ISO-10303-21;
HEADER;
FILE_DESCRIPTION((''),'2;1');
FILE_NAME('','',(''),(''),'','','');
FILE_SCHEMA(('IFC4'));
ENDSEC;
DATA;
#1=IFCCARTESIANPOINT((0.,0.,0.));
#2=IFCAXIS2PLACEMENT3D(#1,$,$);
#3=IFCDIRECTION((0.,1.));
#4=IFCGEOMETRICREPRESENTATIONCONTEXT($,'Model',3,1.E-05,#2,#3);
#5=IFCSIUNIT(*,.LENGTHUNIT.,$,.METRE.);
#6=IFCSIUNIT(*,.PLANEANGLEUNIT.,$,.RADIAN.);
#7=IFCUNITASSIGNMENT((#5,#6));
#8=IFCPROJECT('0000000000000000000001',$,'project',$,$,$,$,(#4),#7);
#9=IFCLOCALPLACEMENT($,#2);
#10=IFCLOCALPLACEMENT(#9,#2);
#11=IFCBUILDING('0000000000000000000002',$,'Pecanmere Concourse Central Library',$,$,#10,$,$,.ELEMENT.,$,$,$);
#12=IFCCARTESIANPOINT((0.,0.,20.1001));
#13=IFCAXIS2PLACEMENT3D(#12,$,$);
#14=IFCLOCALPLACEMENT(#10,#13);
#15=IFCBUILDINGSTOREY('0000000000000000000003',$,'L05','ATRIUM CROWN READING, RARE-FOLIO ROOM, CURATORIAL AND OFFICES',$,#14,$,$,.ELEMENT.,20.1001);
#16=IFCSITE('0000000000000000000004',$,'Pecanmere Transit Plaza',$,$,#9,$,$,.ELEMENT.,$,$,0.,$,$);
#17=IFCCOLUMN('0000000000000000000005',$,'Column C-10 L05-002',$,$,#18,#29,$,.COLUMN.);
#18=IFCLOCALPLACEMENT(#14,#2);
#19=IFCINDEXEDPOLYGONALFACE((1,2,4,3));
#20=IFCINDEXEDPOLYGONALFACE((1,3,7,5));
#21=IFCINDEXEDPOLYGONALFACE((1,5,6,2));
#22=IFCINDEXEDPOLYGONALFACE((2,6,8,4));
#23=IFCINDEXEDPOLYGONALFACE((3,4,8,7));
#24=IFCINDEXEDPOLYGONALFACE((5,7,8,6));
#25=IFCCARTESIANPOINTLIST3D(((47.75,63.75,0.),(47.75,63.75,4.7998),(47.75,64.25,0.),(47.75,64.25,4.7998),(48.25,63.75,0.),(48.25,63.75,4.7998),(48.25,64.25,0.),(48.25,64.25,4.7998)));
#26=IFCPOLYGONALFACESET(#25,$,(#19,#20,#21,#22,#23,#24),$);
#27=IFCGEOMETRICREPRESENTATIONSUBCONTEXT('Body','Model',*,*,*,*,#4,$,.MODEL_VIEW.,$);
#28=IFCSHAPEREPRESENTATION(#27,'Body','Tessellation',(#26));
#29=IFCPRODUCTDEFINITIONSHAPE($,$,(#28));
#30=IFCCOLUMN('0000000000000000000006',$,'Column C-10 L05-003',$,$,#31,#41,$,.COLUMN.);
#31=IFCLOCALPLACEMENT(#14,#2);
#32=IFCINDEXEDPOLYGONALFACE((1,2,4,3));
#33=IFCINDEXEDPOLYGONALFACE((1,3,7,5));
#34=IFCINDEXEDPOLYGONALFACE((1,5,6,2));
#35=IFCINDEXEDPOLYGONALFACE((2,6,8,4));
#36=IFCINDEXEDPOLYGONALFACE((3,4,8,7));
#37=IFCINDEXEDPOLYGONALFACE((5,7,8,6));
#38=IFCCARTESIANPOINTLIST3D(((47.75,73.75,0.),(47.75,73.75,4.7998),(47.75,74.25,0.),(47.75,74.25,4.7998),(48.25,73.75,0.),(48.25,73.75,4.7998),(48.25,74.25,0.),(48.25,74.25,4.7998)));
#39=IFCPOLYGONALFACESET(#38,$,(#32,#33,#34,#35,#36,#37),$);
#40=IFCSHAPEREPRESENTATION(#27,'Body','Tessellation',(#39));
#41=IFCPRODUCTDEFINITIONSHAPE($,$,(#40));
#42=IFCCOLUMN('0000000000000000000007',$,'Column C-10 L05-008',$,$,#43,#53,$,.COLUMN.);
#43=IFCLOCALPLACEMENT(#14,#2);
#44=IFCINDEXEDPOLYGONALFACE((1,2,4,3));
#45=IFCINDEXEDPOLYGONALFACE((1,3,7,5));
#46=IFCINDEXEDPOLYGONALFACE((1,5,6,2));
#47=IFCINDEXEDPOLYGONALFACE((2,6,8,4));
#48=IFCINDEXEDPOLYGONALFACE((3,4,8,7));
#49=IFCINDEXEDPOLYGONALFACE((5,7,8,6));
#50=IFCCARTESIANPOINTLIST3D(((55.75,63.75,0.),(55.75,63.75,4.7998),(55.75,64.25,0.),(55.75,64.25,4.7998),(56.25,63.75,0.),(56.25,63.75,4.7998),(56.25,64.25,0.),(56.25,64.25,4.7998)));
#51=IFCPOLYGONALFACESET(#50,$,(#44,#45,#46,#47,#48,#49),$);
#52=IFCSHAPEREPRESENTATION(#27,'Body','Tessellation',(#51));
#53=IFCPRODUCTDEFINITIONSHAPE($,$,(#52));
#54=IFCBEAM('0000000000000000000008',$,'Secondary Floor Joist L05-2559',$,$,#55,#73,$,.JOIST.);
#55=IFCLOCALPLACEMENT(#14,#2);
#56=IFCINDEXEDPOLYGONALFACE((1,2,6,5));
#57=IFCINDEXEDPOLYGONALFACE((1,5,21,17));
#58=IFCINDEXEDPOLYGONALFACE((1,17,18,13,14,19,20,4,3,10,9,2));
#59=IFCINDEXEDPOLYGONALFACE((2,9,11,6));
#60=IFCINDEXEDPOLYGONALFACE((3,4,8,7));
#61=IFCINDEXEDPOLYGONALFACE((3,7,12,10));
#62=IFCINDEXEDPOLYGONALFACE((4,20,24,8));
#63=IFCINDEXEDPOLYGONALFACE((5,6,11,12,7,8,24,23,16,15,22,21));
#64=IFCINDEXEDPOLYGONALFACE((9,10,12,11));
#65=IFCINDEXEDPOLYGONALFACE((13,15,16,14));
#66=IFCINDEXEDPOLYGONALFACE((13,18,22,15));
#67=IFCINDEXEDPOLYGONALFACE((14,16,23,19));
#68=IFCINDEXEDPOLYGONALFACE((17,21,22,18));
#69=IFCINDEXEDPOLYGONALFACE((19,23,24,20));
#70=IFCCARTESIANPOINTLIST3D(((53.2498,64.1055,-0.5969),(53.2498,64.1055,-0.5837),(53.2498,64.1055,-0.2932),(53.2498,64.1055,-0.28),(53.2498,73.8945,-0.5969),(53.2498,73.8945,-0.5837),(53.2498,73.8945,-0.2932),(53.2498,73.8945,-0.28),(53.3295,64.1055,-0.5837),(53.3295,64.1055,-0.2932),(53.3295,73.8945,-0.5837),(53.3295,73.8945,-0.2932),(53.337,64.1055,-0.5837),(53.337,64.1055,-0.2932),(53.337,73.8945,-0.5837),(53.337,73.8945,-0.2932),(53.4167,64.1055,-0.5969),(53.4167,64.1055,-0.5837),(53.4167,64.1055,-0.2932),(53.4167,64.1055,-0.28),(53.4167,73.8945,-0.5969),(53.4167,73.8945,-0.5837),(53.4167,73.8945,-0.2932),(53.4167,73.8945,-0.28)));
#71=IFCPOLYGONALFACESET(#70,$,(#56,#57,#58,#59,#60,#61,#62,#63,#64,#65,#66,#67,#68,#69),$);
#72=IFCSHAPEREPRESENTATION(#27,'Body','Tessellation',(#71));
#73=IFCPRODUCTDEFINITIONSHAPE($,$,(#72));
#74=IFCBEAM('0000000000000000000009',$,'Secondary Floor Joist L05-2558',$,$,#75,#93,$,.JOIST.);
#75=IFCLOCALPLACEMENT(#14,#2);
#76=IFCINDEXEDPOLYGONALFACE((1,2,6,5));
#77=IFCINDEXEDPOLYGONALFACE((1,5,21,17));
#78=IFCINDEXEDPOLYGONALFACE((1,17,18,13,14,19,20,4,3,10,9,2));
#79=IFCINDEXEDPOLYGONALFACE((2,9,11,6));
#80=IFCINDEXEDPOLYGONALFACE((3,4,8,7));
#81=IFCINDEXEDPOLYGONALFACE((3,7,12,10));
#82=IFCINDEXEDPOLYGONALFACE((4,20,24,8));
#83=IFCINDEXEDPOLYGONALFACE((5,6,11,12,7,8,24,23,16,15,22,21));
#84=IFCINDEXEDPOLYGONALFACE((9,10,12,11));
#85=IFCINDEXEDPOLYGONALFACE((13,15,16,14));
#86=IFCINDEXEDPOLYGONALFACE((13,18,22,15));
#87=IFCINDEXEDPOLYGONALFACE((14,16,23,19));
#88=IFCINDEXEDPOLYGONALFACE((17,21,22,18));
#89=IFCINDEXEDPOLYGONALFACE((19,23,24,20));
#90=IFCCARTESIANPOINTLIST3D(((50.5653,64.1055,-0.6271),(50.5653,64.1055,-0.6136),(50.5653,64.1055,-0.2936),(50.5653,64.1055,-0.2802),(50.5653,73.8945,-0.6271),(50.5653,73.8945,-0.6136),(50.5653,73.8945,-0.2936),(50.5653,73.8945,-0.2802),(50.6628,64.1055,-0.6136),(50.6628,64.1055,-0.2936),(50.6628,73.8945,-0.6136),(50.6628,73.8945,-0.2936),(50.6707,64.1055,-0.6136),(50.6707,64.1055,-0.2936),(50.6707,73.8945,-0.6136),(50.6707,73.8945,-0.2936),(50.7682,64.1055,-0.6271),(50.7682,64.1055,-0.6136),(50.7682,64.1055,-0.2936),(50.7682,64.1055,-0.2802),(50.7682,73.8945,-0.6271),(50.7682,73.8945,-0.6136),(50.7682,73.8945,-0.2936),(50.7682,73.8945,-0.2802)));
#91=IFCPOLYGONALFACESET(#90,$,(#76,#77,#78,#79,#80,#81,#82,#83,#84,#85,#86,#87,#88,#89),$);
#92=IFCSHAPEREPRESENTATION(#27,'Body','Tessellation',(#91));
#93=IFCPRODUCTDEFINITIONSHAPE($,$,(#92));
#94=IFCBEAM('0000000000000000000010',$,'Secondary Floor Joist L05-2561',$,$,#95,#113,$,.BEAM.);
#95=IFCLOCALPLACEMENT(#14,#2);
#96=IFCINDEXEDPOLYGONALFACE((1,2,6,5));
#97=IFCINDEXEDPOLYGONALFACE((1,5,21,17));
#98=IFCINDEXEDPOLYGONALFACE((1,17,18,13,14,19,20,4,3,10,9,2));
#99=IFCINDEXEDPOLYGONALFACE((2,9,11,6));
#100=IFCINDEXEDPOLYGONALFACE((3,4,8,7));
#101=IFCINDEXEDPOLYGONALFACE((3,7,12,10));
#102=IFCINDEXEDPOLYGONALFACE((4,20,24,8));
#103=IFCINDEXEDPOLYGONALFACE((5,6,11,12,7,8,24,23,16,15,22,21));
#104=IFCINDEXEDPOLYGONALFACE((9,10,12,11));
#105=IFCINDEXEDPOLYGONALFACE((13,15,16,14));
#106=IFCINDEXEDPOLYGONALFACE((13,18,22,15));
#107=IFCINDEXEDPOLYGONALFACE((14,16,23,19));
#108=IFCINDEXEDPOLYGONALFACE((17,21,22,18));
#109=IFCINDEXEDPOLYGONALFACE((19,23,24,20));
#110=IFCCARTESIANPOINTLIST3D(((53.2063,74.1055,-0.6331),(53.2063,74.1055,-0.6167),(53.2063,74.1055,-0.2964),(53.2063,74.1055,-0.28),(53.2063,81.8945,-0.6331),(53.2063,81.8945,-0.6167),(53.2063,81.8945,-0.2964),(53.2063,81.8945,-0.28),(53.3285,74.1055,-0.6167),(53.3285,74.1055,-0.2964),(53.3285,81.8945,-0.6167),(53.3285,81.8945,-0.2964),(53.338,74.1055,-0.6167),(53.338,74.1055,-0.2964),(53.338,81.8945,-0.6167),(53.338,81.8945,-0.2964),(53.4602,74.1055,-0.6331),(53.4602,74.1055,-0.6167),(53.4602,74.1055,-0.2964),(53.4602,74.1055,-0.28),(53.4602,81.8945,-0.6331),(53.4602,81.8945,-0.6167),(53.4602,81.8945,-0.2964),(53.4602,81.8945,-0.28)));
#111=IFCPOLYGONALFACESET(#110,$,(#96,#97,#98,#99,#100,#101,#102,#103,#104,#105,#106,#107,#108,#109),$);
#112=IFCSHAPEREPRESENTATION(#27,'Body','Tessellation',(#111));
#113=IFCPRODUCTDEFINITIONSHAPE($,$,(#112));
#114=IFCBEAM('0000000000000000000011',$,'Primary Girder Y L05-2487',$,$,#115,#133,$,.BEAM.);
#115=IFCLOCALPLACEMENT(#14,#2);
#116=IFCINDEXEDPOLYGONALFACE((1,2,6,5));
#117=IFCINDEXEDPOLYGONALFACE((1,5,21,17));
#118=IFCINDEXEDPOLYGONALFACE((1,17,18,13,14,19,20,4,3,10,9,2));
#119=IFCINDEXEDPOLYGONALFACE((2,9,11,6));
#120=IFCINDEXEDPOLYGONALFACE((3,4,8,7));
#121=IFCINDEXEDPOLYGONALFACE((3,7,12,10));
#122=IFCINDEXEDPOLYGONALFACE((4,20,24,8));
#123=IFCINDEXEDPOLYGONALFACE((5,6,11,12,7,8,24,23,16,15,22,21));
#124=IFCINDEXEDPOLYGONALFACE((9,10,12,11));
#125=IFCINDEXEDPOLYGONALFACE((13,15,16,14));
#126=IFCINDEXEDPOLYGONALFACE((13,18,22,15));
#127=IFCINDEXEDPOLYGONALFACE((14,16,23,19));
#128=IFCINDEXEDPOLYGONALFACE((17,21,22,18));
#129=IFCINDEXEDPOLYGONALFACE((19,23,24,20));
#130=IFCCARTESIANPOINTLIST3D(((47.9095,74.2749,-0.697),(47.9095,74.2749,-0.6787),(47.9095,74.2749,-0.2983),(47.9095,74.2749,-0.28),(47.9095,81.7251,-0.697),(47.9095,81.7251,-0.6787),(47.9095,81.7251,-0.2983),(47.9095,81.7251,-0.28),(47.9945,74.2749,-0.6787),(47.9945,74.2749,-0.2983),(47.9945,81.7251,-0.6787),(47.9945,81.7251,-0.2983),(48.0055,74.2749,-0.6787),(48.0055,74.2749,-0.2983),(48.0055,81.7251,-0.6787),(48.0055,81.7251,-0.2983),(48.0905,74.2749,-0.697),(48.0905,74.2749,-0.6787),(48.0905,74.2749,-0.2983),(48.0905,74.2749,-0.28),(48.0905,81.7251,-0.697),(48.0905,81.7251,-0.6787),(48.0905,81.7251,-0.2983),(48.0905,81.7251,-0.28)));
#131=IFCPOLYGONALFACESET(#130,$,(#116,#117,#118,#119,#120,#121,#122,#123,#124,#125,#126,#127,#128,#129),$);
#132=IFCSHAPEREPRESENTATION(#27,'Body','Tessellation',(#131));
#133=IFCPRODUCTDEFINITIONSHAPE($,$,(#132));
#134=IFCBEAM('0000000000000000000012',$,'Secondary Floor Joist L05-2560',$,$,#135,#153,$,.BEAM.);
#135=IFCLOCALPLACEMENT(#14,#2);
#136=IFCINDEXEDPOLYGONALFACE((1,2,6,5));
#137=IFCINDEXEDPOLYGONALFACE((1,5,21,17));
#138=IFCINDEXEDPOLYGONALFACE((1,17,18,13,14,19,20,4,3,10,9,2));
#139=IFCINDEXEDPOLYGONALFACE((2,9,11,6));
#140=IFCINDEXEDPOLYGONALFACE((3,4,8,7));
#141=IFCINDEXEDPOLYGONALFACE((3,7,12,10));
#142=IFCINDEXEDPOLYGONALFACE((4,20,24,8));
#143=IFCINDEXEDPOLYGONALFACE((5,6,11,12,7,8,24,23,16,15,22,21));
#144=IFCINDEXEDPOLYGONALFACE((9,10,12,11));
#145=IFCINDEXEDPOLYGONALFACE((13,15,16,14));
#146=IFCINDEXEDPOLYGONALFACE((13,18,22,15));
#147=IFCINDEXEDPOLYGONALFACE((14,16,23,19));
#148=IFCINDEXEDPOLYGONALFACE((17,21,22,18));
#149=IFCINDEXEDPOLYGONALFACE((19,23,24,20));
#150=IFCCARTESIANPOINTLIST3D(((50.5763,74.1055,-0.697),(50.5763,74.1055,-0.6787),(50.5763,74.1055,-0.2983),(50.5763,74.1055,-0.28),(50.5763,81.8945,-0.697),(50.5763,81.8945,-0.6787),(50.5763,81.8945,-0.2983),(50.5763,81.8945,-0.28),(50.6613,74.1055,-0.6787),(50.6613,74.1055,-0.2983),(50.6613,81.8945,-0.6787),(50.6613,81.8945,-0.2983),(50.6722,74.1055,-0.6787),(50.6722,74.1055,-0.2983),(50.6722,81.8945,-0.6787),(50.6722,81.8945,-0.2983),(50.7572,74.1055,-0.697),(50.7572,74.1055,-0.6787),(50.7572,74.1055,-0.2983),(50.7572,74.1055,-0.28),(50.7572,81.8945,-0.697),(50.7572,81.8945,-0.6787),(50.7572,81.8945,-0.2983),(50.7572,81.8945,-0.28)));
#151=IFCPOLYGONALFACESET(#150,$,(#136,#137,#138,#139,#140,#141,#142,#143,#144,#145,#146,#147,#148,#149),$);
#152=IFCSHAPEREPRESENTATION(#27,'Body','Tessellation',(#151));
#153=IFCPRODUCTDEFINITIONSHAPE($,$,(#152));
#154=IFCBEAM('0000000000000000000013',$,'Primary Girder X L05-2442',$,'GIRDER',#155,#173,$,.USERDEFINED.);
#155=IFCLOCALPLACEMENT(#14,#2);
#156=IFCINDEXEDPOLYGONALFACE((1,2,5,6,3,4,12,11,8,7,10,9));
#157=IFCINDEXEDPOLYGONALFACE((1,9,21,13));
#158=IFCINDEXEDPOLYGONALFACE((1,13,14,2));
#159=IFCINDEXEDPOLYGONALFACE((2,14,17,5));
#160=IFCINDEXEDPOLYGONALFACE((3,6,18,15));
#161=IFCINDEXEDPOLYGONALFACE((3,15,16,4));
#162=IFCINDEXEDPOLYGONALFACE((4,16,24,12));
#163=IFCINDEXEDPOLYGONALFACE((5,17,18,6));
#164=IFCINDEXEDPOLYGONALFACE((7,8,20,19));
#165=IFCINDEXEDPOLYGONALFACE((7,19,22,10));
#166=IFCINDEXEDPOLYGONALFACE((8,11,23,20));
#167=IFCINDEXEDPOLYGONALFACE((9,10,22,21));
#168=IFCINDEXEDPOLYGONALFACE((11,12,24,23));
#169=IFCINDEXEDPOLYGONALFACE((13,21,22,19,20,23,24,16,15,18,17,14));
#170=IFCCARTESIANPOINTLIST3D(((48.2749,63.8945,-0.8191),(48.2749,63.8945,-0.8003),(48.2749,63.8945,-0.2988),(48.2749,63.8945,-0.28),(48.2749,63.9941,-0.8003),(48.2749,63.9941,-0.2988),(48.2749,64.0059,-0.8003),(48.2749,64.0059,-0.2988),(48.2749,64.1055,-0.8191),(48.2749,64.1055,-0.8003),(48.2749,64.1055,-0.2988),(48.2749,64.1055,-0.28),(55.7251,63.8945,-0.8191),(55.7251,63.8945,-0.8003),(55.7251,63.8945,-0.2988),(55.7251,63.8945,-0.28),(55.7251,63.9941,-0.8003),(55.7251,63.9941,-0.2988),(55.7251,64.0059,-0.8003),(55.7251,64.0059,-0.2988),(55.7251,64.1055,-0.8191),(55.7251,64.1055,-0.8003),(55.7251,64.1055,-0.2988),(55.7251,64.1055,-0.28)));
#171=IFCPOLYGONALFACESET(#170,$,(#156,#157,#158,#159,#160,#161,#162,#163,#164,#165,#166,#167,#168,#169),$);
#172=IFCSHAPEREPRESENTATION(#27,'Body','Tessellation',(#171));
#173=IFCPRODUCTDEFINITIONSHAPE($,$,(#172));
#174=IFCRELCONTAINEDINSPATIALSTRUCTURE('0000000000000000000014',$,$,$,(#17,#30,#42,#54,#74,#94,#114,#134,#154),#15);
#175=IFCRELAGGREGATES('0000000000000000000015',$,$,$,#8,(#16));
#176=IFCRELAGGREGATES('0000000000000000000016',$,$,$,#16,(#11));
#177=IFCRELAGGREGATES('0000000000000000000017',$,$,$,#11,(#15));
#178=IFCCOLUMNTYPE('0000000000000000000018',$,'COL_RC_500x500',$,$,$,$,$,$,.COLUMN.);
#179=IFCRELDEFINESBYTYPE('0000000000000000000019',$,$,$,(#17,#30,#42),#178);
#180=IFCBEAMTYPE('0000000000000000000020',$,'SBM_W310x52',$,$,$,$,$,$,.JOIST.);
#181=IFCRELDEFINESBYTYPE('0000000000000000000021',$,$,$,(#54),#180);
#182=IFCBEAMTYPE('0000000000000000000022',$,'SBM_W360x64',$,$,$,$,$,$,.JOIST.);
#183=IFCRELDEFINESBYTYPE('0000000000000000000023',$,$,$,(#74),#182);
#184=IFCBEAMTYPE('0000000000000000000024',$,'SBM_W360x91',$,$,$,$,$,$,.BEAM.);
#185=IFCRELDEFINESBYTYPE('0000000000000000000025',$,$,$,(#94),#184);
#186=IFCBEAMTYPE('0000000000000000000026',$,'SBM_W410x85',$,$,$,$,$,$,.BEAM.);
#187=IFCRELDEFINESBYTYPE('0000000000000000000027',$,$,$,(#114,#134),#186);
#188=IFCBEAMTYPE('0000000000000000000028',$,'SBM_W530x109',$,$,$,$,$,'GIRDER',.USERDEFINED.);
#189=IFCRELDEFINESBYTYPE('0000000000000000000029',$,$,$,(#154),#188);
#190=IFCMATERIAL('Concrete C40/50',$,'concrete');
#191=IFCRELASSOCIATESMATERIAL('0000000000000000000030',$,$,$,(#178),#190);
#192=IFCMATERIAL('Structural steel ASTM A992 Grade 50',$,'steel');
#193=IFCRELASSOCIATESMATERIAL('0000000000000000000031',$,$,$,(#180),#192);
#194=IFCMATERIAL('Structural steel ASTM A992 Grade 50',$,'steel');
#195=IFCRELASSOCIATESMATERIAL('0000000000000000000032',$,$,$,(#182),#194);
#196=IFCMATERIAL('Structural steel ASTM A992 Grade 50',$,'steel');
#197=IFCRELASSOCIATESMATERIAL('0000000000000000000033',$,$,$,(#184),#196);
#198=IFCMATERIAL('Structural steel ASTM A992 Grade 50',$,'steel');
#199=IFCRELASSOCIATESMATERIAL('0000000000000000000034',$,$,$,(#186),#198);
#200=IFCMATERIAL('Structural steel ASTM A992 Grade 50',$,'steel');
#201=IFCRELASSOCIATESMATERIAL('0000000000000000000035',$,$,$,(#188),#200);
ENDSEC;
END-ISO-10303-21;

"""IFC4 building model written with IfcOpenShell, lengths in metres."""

from ifc_helpers import new_model, si_unit, direction, frame, origin, origin_2d, place, context, subcontext, project, spatial, rectangle, i_section, extrude, material, material_profile, profile_set, type_object, element, save


model = new_model("IFC4")

# Units and contexts
model_context = context("Model", 3, precision=1e-05, world=origin(), true_north=direction((0.0, 1.0)))
body_context = subcontext(model_context, "Body", "Model", "MODEL_VIEW")
ifc_project = project(units=[si_unit("LENGTHUNIT", "METRE"), si_unit("PLANEANGLEUNIT", "RADIAN")], contexts=[model_context])

# Site, building, storey
site_placement = place(None, origin())
site = spatial("IfcSite", under=ifc_project, at=site_placement, Name="Pecanmere Transit Plaza", CompositionType="ELEMENT", RefElevation=0.0)
building_placement = place(site_placement, origin())
building = spatial("IfcBuilding", under=site, at=building_placement, Name="Pecanmere Concourse Central Library", CompositionType="ELEMENT")
storey_placement = place(building_placement, frame((0.0, 0.0, 20.1001)))
storey = spatial("IfcBuildingStorey", under=building, at=storey_placement, Name="L05", Description="ATRIUM CROWN READING, RARE-FOLIO ROOM, CURATORIAL AND OFFICES", CompositionType="ELEMENT", Elevation=20.1001)

# Columns
ifc_material_1 = material(Name="Concrete C40/50", Category="concrete")
ifc_material_profile_1 = material_profile(ifc_material_1, rectangle(XDim=0.5, YDim=0.5, at=origin_2d()), Name="RC 500x500")
ifc_profile_set_1 = profile_set([ifc_material_profile_1], Name="Concrete C40/50")
column_type = type_object("IfcColumnType", Name="COL_RC_500x500", PredefinedType="COLUMN", material=ifc_profile_set_1)
for number, where, z_axis, x_axis, name in (
    (1, (48.0, 64.0, 0.0), (0.0, 0.0, 1.0), (1.0, 0.0, 0.0), "Column C-10 L05-002"),
    (2, (48.0, 74.0, 0.0), (0.0, 0.0, 1.0), (1.0, 0.0, 0.0), "Column C-10 L05-003"),
    (3, (56.0, 64.0, 0.0), (0.0, 0.0, 1.0), (1.0, 0.0, 0.0), "Column C-10 L05-008"),
):
    element("IfcColumn", number, at=place(storey_placement, frame(where, z_axis=z_axis, x_axis=x_axis)), inside=storey, type_object=column_type, Name=name, PredefinedType="COLUMN", context=body_context, shape_type="SweptSolid", body=[
        extrude(rectangle(XDim=0.5, YDim=0.5, at=origin_2d()), origin(), (0.0, 0.0, 1.0), 4.7998),
    ])

# Beams
ifc_material_2 = material(Name="Structural steel ASTM A992 Grade 50", Category="steel")
ifc_material_profile_2 = material_profile(ifc_material_2, i_section(OverallWidth=0.167, OverallDepth=0.3169, WebThickness=0.0076, FlangeThickness=0.0132, at=origin_2d()), Name="W310x52")
ifc_profile_set_2 = profile_set([ifc_material_profile_2], Name="Structural steel ASTM A992 Grade 50")
beam_type_1 = type_object("IfcBeamType", Name="SBM_W310x52", PredefinedType="JOIST", material=ifc_profile_set_2)
beam_1_placement = place(storey_placement, frame((53.3333, 64.1055, -0.4385), z_axis=(0.0, 1.0, 0.0), x_axis=(-1.0, 0.0, 0.0)))
element("IfcBeam", 4, at=beam_1_placement, inside=storey, type_object=beam_type_1, Name="Secondary Floor Joist L05-2559", PredefinedType="JOIST", context=body_context, shape_type="SweptSolid", body=[
    extrude(i_section(OverallWidth=0.167, OverallDepth=0.3169, WebThickness=0.0076, FlangeThickness=0.0132, at=origin_2d()), origin(), (0.0, 0.0, 1.0), 9.7891),
])
ifc_material_3 = material(Name="Structural steel ASTM A992 Grade 50", Category="steel")
ifc_material_profile_3 = material_profile(ifc_material_3, i_section(OverallWidth=0.2029, OverallDepth=0.3469, WebThickness=0.0078, FlangeThickness=0.0134, at=origin_2d()), Name="W360x64")
ifc_profile_set_3 = profile_set([ifc_material_profile_3], Name="Structural steel ASTM A992 Grade 50")
beam_type_2 = type_object("IfcBeamType", Name="SBM_W360x64", PredefinedType="JOIST", material=ifc_profile_set_3)
beam_2_placement = place(storey_placement, frame((50.6667, 64.1055, -0.4536), z_axis=(0.0, 1.0, 0.0), x_axis=(-1.0, 0.0, 0.0)))
element("IfcBeam", 5, at=beam_2_placement, inside=storey, type_object=beam_type_2, Name="Secondary Floor Joist L05-2558", PredefinedType="JOIST", context=body_context, shape_type="SweptSolid", body=[
    extrude(i_section(OverallWidth=0.2029, OverallDepth=0.3469, WebThickness=0.0078, FlangeThickness=0.0134, at=origin_2d()), origin(), (0.0, 0.0, 1.0), 9.7891),
])
ifc_material_4 = material(Name="Structural steel ASTM A992 Grade 50", Category="steel")
ifc_material_profile_4 = material_profile(ifc_material_4, i_section(OverallWidth=0.2539, OverallDepth=0.353, WebThickness=0.0095, FlangeThickness=0.0164, at=origin_2d()), Name="W360x91")
ifc_profile_set_4 = profile_set([ifc_material_profile_4], Name="Structural steel ASTM A992 Grade 50")
beam_type_3 = type_object("IfcBeamType", Name="SBM_W360x91", PredefinedType="BEAM", material=ifc_profile_set_4)
beam_3_placement = place(storey_placement, frame((53.3333, 74.1055, -0.4565), z_axis=(0.0, 1.0, 0.0), x_axis=(-1.0, 0.0, 0.0)))
element("IfcBeam", 6, at=beam_3_placement, inside=storey, type_object=beam_type_3, Name="Secondary Floor Joist L05-2561", PredefinedType="BEAM", context=body_context, shape_type="SweptSolid", body=[
    extrude(i_section(OverallWidth=0.2539, OverallDepth=0.353, WebThickness=0.0095, FlangeThickness=0.0164, at=origin_2d()), origin(), (0.0, 0.0, 1.0), 7.7891),
])
ifc_material_5 = material(Name="Structural steel ASTM A992 Grade 50", Category="steel")
ifc_material_profile_5 = material_profile(ifc_material_5, i_section(OverallWidth=0.1809, OverallDepth=0.417, WebThickness=0.011, FlangeThickness=0.0183, at=origin_2d()), Name="W410x85")
ifc_profile_set_5 = profile_set([ifc_material_profile_5], Name="Structural steel ASTM A992 Grade 50")
beam_type_4 = type_object("IfcBeamType", Name="SBM_W410x85", PredefinedType="BEAM", material=ifc_profile_set_5)
beam_4_placement = place(storey_placement, frame((48.0, 74.2749, -0.4885), z_axis=(0.0, 1.0, 0.0), x_axis=(-1.0, 0.0, 0.0)))
element("IfcBeam", 7, at=beam_4_placement, inside=storey, type_object=beam_type_4, Name="Primary Girder Y L05-2487", PredefinedType="BEAM", context=body_context, shape_type="SweptSolid", body=[
    extrude(i_section(OverallWidth=0.1809, OverallDepth=0.417, WebThickness=0.011, FlangeThickness=0.0183, at=origin_2d()), origin(), (0.0, 0.0, 1.0), 7.4502),
])
beam_5_placement = place(storey_placement, frame((50.6667, 74.1055, -0.4885), z_axis=(0.0, 1.0, 0.0), x_axis=(-1.0, 0.0, 0.0)))
element("IfcBeam", 8, at=beam_5_placement, inside=storey, type_object=beam_type_4, Name="Secondary Floor Joist L05-2560", PredefinedType="BEAM", context=body_context, shape_type="SweptSolid", body=[
    extrude(i_section(OverallWidth=0.1809, OverallDepth=0.417, WebThickness=0.011, FlangeThickness=0.0183, at=origin_2d()), origin(), (0.0, 0.0, 1.0), 7.7891),
])
ifc_material_6 = material(Name="Structural steel ASTM A992 Grade 50", Category="steel")
ifc_material_profile_6 = material_profile(ifc_material_6, i_section(OverallWidth=0.2109, OverallDepth=0.5391, WebThickness=0.0117, FlangeThickness=0.0188, at=origin_2d()), Name="W530x109")
ifc_profile_set_6 = profile_set([ifc_material_profile_6], Name="Structural steel ASTM A992 Grade 50")
beam_type_5 = type_object("IfcBeamType", Name="SBM_W530x109", ElementType="GIRDER", PredefinedType="USERDEFINED", material=ifc_profile_set_6)
for number, where, z_axis, x_axis, name in (
    (9, (48.2749, 64.0, -0.5496), (1.0, 0.0, 0.0), (0.0, 1.0, 0.0), "Primary Girder X L05-2442"),
):
    element("IfcBeam", number, at=place(storey_placement, frame(where, z_axis=z_axis, x_axis=x_axis)), inside=storey, type_object=beam_type_5, Name=name, ObjectType="GIRDER", PredefinedType="USERDEFINED", context=body_context, shape_type="SweptSolid", body=[
        extrude(i_section(OverallWidth=0.2109, OverallDepth=0.5391, WebThickness=0.0117, FlangeThickness=0.0188, at=origin_2d()), origin(), (0.0, 0.0, 1.0), 7.4502),
    ])

save(model, "model.ifc")
